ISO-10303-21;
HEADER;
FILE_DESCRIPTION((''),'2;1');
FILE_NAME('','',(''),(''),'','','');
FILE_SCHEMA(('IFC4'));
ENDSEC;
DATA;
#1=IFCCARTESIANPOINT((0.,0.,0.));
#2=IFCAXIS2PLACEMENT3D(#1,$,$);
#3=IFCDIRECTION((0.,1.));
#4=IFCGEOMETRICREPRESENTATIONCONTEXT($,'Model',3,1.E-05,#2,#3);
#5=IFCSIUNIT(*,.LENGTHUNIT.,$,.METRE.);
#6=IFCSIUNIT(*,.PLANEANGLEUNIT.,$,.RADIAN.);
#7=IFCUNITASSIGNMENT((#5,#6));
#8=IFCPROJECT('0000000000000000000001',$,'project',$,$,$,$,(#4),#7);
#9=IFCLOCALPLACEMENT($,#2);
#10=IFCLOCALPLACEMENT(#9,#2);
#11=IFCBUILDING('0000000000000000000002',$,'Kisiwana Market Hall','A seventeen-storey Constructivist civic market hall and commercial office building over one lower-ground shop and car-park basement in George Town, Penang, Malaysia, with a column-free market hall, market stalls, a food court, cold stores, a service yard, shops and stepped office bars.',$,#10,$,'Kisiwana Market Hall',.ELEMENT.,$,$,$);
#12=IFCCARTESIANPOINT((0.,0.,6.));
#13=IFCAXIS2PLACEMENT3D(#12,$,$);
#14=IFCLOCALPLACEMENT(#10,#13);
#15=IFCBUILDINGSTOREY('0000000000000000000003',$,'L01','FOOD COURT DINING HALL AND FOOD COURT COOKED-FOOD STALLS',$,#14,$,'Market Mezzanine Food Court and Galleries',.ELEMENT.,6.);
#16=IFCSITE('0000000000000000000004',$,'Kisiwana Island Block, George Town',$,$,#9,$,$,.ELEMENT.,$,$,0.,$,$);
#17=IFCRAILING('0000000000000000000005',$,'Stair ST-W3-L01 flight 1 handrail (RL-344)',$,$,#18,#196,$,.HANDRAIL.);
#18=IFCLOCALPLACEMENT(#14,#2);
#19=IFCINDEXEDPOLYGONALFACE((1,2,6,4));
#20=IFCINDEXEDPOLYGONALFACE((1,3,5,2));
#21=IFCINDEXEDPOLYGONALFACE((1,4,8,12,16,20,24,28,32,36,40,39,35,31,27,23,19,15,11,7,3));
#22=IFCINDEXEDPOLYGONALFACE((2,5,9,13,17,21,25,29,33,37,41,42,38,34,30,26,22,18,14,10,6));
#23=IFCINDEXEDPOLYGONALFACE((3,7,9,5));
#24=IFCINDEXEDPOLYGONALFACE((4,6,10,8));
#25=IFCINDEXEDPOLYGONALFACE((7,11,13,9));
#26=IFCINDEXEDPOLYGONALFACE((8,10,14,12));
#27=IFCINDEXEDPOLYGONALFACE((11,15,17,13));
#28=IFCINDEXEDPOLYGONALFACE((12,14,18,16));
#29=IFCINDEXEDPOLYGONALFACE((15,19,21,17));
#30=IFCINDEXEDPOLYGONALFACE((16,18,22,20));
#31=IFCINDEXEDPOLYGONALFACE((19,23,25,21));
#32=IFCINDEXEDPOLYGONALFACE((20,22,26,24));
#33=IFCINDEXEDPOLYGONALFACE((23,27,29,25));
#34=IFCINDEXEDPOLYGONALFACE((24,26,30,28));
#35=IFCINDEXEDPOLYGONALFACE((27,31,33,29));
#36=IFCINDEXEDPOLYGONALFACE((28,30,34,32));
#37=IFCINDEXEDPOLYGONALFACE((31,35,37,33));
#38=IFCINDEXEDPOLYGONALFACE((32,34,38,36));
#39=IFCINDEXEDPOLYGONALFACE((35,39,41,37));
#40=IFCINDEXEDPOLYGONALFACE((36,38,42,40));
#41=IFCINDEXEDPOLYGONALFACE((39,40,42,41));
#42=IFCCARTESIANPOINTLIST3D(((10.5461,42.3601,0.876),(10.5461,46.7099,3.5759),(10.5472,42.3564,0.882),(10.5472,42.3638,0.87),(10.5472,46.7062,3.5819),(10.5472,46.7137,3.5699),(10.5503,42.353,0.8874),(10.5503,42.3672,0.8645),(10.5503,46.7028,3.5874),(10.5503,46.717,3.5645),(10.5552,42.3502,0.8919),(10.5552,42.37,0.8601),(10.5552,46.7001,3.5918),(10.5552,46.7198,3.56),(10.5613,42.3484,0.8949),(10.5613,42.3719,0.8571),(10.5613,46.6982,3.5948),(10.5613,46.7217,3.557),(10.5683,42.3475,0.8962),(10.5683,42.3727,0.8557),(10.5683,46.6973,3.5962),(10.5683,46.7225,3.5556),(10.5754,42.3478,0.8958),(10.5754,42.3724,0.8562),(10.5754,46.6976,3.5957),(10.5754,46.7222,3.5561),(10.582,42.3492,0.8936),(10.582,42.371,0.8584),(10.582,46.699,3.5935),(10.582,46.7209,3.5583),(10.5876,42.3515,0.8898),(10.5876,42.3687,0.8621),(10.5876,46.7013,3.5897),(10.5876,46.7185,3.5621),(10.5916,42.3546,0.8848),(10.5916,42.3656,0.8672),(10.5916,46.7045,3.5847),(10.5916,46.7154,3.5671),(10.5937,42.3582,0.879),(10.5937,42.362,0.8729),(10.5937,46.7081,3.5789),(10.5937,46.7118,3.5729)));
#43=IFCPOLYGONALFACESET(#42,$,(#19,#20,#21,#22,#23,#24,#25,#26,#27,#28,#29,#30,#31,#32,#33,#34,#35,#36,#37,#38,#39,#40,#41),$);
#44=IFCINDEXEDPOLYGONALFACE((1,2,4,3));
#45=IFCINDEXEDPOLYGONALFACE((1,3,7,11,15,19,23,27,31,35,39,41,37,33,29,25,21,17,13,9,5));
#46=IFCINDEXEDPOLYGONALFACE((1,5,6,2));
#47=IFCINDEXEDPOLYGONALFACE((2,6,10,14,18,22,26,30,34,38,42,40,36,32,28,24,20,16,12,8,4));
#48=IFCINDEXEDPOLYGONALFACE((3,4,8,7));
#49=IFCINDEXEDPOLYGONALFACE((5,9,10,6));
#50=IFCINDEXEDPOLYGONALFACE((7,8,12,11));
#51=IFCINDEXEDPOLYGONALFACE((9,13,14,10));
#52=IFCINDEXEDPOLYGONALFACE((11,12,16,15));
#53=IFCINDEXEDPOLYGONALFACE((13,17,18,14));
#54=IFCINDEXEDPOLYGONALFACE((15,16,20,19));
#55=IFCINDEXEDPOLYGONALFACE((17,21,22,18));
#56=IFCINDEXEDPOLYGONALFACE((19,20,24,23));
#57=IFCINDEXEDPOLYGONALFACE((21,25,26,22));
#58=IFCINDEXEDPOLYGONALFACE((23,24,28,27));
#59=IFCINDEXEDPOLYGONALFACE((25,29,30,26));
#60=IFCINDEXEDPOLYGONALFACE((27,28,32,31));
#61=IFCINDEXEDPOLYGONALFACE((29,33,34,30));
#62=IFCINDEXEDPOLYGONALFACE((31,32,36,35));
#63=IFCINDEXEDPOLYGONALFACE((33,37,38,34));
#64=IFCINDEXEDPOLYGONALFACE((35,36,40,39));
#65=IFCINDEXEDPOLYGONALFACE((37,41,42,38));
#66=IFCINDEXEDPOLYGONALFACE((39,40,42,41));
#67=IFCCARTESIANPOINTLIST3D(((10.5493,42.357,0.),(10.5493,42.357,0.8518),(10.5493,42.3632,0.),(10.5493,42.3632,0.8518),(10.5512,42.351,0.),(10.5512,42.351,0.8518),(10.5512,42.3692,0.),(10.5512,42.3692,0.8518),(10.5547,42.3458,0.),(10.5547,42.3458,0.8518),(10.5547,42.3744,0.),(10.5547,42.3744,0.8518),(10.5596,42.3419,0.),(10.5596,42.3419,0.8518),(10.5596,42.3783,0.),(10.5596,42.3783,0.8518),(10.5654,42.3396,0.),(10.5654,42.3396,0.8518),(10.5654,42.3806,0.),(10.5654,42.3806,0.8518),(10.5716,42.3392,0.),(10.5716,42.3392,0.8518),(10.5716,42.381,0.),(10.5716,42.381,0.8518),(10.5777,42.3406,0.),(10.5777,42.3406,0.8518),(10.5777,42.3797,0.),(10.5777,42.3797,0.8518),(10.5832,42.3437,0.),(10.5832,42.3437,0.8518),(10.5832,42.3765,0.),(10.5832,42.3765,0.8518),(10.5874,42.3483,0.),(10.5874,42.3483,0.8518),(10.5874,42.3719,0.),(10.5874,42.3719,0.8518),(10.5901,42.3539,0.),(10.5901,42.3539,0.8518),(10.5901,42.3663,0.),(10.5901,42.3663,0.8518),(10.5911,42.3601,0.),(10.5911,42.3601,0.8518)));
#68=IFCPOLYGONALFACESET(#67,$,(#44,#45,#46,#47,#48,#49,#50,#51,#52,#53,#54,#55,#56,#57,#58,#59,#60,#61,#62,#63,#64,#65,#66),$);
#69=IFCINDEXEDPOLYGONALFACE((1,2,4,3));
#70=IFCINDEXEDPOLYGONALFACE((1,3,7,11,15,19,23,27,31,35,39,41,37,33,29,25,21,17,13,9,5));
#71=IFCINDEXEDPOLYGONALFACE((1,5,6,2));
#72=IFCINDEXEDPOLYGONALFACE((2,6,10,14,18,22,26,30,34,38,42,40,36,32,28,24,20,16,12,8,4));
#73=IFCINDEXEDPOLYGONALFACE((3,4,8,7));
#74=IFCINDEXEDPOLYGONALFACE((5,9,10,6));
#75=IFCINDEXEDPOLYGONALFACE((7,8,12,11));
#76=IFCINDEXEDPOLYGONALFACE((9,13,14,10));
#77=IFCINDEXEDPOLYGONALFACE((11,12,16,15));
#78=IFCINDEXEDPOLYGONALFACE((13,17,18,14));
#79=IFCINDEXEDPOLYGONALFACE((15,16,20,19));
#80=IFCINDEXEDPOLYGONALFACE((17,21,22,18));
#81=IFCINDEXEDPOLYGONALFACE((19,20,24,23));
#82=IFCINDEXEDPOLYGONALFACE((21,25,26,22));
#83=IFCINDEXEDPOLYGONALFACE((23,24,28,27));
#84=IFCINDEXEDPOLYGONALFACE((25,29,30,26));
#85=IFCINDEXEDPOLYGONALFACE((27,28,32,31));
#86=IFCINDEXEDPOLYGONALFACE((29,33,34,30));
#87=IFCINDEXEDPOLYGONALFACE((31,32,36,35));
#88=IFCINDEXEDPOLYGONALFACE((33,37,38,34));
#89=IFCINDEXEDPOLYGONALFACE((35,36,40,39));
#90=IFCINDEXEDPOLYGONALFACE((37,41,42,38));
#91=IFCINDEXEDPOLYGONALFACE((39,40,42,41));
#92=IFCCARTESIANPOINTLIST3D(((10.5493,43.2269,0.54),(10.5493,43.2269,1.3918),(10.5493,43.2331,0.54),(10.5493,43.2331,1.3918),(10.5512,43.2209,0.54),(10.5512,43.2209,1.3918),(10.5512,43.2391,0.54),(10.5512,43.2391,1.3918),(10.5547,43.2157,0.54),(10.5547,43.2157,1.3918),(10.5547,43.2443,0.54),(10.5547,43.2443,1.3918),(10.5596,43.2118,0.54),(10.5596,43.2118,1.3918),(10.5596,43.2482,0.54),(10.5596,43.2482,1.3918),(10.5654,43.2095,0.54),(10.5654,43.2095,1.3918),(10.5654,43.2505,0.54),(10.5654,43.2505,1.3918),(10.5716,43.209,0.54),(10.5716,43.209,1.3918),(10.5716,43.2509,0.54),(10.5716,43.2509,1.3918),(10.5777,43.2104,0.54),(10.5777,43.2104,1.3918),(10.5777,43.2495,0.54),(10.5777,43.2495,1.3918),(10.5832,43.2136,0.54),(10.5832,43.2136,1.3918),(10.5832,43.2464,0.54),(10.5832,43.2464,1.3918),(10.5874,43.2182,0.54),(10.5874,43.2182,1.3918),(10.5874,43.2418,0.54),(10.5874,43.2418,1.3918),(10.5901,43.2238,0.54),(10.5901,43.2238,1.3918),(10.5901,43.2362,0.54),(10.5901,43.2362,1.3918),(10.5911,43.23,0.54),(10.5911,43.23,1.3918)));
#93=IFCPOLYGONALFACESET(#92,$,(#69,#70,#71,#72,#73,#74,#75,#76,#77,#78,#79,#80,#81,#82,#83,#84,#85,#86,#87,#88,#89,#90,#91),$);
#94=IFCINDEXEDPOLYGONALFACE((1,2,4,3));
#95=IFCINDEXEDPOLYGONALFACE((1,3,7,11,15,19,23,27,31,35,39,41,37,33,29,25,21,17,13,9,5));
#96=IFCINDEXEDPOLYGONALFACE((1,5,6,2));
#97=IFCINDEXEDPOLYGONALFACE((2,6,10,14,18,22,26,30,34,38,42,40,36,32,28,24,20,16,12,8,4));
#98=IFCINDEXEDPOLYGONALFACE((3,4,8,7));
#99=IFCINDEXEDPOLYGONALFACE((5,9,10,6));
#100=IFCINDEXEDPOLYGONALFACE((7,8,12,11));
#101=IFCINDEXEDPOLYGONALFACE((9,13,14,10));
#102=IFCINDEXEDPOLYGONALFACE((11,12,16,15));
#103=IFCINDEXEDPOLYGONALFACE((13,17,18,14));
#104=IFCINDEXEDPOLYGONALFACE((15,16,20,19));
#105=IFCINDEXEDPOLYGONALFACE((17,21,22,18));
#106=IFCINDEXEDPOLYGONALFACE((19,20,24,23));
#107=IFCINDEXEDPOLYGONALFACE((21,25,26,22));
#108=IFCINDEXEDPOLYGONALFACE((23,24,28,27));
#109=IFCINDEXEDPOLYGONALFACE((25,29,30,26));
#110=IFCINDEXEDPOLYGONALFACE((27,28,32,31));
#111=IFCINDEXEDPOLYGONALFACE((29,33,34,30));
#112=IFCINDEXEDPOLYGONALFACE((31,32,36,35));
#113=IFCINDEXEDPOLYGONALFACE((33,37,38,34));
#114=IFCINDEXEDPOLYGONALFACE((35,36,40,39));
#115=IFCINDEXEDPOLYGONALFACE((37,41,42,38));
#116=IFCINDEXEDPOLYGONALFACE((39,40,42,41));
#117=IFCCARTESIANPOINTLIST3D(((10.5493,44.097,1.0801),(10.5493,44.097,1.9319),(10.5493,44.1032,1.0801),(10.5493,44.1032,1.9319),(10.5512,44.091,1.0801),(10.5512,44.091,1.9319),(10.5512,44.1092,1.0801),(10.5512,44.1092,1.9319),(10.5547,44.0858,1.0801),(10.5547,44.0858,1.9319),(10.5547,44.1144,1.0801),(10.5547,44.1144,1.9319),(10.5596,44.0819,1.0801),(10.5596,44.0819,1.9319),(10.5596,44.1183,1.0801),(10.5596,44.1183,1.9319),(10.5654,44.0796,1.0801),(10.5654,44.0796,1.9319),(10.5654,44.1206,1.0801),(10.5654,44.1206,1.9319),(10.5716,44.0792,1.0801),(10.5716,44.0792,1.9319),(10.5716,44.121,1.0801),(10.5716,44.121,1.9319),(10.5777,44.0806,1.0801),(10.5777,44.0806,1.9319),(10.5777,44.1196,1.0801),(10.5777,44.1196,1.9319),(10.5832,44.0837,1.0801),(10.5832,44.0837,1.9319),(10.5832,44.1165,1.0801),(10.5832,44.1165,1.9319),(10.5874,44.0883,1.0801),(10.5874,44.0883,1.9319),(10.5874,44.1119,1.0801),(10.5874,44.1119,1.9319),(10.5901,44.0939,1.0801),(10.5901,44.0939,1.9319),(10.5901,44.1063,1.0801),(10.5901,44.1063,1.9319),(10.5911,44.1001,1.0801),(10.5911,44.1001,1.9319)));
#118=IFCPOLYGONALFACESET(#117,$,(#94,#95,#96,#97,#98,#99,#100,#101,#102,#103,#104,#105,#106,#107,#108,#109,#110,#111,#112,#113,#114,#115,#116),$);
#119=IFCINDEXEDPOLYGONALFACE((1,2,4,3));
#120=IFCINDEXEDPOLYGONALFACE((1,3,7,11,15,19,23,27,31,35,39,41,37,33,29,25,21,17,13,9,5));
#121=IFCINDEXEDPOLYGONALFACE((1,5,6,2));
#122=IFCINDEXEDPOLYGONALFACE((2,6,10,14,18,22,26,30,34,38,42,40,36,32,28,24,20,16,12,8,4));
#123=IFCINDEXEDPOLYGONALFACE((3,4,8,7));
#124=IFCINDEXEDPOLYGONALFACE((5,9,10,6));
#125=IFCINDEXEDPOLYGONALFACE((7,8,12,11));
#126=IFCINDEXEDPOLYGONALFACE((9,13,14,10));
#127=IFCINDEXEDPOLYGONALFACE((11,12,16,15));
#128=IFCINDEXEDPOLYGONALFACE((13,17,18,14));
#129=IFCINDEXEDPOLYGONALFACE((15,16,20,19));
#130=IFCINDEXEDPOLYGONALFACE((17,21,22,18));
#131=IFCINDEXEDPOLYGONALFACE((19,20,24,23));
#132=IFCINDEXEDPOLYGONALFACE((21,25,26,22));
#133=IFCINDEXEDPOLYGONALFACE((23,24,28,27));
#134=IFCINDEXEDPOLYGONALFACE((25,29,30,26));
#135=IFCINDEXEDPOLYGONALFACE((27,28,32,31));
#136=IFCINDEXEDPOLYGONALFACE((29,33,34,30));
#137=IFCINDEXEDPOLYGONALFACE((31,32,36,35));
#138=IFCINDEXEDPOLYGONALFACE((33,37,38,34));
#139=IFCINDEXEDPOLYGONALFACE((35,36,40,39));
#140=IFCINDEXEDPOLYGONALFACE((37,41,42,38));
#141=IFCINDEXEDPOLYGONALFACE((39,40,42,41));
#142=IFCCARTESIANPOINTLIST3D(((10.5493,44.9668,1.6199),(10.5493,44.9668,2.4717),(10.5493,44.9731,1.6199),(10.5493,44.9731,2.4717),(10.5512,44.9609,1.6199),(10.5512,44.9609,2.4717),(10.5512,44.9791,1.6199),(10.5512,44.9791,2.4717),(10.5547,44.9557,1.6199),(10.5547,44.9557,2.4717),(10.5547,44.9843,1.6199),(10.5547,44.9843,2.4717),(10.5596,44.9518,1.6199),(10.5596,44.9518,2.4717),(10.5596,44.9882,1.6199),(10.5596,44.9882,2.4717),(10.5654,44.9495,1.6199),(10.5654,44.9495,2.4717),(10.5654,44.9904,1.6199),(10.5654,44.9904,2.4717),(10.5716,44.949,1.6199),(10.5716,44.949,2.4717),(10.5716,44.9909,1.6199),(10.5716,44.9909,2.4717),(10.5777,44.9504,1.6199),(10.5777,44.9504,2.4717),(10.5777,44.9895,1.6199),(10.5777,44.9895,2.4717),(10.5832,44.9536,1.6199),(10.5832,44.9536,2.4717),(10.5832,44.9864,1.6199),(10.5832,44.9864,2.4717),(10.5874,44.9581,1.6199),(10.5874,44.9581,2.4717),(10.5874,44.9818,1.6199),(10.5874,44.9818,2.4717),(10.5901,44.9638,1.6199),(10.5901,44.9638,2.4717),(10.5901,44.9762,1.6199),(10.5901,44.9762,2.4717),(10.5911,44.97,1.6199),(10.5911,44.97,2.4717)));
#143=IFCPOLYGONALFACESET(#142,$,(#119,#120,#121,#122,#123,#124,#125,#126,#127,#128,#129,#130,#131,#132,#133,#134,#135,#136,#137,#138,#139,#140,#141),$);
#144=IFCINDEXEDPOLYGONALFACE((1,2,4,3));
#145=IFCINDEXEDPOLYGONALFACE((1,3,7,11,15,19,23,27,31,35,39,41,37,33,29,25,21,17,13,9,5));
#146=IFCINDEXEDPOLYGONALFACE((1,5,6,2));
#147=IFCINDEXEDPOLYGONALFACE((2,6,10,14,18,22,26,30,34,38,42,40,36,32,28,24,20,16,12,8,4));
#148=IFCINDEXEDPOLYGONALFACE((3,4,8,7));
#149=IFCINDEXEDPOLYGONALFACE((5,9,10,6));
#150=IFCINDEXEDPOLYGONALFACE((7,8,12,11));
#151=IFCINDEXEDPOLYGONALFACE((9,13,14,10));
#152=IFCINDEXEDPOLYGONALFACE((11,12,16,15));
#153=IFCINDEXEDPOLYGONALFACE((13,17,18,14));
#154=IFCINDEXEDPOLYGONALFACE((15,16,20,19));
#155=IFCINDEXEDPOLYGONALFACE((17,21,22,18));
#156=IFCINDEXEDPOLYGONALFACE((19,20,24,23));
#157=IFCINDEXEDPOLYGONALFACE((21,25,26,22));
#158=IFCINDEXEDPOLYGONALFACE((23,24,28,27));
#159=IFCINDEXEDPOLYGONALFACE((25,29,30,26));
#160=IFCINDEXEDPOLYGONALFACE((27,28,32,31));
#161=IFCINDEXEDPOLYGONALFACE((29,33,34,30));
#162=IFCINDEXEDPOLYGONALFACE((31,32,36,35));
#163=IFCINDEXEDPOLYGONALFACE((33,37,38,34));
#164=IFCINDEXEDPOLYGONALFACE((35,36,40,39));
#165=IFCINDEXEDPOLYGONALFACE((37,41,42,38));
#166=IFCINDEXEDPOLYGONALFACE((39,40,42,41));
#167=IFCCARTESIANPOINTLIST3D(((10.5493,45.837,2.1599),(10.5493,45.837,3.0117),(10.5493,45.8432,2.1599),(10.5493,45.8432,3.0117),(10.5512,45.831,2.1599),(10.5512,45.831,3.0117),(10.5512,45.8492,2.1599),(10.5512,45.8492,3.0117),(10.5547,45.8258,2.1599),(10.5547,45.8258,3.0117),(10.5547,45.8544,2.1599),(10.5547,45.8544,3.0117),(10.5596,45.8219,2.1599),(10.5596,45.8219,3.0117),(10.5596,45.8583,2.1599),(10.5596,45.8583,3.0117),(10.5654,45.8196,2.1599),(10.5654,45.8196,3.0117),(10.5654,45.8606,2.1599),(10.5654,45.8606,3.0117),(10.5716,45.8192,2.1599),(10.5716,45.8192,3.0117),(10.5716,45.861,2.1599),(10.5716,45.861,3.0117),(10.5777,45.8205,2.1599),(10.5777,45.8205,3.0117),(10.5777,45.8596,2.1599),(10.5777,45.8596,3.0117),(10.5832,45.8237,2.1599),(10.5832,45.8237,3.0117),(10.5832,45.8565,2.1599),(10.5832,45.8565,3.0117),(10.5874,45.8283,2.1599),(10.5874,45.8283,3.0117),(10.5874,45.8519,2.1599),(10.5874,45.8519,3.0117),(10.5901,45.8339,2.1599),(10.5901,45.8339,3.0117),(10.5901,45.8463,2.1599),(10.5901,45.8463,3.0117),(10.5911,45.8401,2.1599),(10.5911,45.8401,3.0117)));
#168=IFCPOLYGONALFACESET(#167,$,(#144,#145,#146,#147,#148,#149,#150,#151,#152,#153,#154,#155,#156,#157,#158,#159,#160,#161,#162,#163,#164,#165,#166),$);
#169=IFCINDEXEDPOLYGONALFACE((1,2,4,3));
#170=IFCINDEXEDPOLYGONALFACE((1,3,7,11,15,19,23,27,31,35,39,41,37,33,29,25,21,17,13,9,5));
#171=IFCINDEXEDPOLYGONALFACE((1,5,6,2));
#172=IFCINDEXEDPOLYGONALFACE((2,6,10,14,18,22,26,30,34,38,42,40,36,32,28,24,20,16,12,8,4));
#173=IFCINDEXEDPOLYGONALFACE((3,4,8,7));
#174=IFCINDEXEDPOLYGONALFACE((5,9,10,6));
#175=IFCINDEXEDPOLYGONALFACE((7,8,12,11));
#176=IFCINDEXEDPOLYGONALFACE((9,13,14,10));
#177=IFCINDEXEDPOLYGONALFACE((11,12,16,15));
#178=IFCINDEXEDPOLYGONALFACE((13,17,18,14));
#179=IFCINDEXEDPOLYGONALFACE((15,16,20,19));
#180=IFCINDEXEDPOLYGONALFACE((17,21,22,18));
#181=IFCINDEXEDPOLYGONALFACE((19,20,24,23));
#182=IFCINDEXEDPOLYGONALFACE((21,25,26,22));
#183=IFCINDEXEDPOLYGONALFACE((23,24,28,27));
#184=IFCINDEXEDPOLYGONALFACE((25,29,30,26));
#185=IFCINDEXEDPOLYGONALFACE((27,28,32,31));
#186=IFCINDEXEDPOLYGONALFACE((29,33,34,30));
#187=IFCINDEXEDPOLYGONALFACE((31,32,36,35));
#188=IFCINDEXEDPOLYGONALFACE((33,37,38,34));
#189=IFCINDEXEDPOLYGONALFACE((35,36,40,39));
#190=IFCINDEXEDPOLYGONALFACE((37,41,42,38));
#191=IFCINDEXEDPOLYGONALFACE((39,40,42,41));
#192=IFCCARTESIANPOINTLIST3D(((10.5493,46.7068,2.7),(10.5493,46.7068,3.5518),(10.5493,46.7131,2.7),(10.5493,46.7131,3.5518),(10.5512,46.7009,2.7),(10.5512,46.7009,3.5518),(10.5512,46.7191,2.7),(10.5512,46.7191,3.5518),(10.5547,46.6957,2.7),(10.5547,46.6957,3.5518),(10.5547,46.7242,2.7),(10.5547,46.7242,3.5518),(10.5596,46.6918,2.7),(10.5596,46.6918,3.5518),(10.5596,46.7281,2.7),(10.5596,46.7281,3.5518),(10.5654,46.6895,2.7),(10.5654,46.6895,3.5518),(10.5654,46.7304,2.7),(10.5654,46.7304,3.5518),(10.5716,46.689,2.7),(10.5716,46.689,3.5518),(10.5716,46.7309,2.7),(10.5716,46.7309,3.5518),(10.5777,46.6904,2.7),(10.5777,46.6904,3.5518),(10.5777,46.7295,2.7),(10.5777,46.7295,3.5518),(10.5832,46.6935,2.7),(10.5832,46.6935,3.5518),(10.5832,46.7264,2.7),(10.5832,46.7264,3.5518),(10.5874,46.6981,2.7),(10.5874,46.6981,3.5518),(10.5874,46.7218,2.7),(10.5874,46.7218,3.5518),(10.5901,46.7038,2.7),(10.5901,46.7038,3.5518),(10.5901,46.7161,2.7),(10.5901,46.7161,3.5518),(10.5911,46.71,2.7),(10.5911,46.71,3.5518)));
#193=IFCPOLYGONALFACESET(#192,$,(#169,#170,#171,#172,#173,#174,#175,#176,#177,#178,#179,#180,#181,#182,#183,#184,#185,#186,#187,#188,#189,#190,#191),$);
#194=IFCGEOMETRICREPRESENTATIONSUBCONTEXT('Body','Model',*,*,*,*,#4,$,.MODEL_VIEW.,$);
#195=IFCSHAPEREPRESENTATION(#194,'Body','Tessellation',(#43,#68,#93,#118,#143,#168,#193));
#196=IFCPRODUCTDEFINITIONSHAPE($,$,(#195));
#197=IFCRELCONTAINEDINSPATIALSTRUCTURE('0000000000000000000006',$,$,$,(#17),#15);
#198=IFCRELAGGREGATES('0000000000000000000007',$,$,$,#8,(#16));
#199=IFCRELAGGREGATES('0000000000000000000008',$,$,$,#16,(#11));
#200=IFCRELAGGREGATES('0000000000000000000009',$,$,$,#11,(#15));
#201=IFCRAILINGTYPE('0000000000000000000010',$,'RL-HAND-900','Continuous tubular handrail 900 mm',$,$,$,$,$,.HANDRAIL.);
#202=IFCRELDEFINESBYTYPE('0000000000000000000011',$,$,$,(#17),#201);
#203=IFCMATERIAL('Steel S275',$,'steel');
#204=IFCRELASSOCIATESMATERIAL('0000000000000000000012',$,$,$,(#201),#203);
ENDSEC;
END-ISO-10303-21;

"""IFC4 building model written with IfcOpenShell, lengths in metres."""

from ifc_helpers import new_model, si_unit, direction, frame, origin, origin_2d, place, context, subcontext, project, spatial, circle, extrude, material, type_object, element, save


model = new_model("IFC4")

# Units and contexts
model_context = context("Model", 3, precision=1e-05, world=origin(), true_north=direction((0.0, 1.0)))
body_context = subcontext(model_context, "Body", "Model", "MODEL_VIEW")
ifc_project = project(units=[si_unit("LENGTHUNIT", "METRE"), si_unit("PLANEANGLEUNIT", "RADIAN")], contexts=[model_context])

# Site, building, storey
site_placement = place(None, origin())
site = spatial("IfcSite", under=ifc_project, at=site_placement, Name="Kisiwana Island Block, George Town", CompositionType="ELEMENT", RefElevation=0.0)
building_placement = place(site_placement, origin())
building = spatial("IfcBuilding", under=site, at=building_placement, Name="Kisiwana Market Hall", Description="A seventeen-storey Constructivist civic market hall and commercial office building over one lower-ground shop and car-park basement in George Town, Penang, Malaysia, with a column-free market hall, market stalls, a food court, cold stores, a service yard, shops and stepped office bars.", LongName="Kisiwana Market Hall", CompositionType="ELEMENT")
storey_placement = place(building_placement, frame((0.0, 0.0, 6.0)))
storey = spatial("IfcBuildingStorey", under=building, at=storey_placement, Name="L01", Description="FOOD COURT DINING HALL AND FOOD COURT COOKED-FOOD STALLS", LongName="Market Mezzanine Food Court and Galleries", CompositionType="ELEMENT", Elevation=6.0)

# Railing
ifc_material_1 = material(Name="Steel S275", Category="steel")
railing_type_1 = type_object("IfcRailingType", Name="RL-HAND-900", Description="Continuous tubular handrail 900 mm", PredefinedType="HANDRAIL", material=ifc_material_1)
for number, where, name in (
    (1, (10.5701, 42.3601, 0.0), "Stair ST-W3-L01 flight 1 handrail (RL-344)"),
):
    element("IfcRailing", number, at=place(storey_placement, frame(where)), inside=storey, type_object=railing_type_1, Name=name, PredefinedType="HANDRAIL", context=body_context, shape_type="SweptSolid", body=[
        extrude(circle(Radius=0.0239, at=origin_2d()), frame((0.0, 0.0, 0.876), z_axis=(0.0, 0.849636, 0.527369), x_axis=(-1.0, 0.0, 0.0)), (0.0, 0.0, 1.0), 5.1196),
        extrude(circle(Radius=0.021, at=origin_2d()), origin(), (0.0, 0.0, 1.0), 0.8518),
        extrude(circle(Radius=0.021, at=origin_2d()), frame((0.0, 0.8699, 0.54)), (0.0, 0.0, 1.0), 0.8518),
        extrude(circle(Radius=0.021, at=origin_2d()), frame((0.0, 1.74, 1.0801)), (0.0, 0.0, 1.0), 0.8518),
        extrude(circle(Radius=0.021, at=origin_2d()), frame((0.0, 2.6099, 1.6199)), (0.0, 0.0, 1.0), 0.8518),
        extrude(circle(Radius=0.021, at=origin_2d()), frame((0.0, 3.48, 2.1599)), (0.0, 0.0, 1.0), 0.8518),
        extrude(circle(Radius=0.021, at=origin_2d()), frame((0.0, 4.3499, 2.7)), (0.0, 0.0, 1.0), 0.8518),
    ])

save(model, "model.ifc")
